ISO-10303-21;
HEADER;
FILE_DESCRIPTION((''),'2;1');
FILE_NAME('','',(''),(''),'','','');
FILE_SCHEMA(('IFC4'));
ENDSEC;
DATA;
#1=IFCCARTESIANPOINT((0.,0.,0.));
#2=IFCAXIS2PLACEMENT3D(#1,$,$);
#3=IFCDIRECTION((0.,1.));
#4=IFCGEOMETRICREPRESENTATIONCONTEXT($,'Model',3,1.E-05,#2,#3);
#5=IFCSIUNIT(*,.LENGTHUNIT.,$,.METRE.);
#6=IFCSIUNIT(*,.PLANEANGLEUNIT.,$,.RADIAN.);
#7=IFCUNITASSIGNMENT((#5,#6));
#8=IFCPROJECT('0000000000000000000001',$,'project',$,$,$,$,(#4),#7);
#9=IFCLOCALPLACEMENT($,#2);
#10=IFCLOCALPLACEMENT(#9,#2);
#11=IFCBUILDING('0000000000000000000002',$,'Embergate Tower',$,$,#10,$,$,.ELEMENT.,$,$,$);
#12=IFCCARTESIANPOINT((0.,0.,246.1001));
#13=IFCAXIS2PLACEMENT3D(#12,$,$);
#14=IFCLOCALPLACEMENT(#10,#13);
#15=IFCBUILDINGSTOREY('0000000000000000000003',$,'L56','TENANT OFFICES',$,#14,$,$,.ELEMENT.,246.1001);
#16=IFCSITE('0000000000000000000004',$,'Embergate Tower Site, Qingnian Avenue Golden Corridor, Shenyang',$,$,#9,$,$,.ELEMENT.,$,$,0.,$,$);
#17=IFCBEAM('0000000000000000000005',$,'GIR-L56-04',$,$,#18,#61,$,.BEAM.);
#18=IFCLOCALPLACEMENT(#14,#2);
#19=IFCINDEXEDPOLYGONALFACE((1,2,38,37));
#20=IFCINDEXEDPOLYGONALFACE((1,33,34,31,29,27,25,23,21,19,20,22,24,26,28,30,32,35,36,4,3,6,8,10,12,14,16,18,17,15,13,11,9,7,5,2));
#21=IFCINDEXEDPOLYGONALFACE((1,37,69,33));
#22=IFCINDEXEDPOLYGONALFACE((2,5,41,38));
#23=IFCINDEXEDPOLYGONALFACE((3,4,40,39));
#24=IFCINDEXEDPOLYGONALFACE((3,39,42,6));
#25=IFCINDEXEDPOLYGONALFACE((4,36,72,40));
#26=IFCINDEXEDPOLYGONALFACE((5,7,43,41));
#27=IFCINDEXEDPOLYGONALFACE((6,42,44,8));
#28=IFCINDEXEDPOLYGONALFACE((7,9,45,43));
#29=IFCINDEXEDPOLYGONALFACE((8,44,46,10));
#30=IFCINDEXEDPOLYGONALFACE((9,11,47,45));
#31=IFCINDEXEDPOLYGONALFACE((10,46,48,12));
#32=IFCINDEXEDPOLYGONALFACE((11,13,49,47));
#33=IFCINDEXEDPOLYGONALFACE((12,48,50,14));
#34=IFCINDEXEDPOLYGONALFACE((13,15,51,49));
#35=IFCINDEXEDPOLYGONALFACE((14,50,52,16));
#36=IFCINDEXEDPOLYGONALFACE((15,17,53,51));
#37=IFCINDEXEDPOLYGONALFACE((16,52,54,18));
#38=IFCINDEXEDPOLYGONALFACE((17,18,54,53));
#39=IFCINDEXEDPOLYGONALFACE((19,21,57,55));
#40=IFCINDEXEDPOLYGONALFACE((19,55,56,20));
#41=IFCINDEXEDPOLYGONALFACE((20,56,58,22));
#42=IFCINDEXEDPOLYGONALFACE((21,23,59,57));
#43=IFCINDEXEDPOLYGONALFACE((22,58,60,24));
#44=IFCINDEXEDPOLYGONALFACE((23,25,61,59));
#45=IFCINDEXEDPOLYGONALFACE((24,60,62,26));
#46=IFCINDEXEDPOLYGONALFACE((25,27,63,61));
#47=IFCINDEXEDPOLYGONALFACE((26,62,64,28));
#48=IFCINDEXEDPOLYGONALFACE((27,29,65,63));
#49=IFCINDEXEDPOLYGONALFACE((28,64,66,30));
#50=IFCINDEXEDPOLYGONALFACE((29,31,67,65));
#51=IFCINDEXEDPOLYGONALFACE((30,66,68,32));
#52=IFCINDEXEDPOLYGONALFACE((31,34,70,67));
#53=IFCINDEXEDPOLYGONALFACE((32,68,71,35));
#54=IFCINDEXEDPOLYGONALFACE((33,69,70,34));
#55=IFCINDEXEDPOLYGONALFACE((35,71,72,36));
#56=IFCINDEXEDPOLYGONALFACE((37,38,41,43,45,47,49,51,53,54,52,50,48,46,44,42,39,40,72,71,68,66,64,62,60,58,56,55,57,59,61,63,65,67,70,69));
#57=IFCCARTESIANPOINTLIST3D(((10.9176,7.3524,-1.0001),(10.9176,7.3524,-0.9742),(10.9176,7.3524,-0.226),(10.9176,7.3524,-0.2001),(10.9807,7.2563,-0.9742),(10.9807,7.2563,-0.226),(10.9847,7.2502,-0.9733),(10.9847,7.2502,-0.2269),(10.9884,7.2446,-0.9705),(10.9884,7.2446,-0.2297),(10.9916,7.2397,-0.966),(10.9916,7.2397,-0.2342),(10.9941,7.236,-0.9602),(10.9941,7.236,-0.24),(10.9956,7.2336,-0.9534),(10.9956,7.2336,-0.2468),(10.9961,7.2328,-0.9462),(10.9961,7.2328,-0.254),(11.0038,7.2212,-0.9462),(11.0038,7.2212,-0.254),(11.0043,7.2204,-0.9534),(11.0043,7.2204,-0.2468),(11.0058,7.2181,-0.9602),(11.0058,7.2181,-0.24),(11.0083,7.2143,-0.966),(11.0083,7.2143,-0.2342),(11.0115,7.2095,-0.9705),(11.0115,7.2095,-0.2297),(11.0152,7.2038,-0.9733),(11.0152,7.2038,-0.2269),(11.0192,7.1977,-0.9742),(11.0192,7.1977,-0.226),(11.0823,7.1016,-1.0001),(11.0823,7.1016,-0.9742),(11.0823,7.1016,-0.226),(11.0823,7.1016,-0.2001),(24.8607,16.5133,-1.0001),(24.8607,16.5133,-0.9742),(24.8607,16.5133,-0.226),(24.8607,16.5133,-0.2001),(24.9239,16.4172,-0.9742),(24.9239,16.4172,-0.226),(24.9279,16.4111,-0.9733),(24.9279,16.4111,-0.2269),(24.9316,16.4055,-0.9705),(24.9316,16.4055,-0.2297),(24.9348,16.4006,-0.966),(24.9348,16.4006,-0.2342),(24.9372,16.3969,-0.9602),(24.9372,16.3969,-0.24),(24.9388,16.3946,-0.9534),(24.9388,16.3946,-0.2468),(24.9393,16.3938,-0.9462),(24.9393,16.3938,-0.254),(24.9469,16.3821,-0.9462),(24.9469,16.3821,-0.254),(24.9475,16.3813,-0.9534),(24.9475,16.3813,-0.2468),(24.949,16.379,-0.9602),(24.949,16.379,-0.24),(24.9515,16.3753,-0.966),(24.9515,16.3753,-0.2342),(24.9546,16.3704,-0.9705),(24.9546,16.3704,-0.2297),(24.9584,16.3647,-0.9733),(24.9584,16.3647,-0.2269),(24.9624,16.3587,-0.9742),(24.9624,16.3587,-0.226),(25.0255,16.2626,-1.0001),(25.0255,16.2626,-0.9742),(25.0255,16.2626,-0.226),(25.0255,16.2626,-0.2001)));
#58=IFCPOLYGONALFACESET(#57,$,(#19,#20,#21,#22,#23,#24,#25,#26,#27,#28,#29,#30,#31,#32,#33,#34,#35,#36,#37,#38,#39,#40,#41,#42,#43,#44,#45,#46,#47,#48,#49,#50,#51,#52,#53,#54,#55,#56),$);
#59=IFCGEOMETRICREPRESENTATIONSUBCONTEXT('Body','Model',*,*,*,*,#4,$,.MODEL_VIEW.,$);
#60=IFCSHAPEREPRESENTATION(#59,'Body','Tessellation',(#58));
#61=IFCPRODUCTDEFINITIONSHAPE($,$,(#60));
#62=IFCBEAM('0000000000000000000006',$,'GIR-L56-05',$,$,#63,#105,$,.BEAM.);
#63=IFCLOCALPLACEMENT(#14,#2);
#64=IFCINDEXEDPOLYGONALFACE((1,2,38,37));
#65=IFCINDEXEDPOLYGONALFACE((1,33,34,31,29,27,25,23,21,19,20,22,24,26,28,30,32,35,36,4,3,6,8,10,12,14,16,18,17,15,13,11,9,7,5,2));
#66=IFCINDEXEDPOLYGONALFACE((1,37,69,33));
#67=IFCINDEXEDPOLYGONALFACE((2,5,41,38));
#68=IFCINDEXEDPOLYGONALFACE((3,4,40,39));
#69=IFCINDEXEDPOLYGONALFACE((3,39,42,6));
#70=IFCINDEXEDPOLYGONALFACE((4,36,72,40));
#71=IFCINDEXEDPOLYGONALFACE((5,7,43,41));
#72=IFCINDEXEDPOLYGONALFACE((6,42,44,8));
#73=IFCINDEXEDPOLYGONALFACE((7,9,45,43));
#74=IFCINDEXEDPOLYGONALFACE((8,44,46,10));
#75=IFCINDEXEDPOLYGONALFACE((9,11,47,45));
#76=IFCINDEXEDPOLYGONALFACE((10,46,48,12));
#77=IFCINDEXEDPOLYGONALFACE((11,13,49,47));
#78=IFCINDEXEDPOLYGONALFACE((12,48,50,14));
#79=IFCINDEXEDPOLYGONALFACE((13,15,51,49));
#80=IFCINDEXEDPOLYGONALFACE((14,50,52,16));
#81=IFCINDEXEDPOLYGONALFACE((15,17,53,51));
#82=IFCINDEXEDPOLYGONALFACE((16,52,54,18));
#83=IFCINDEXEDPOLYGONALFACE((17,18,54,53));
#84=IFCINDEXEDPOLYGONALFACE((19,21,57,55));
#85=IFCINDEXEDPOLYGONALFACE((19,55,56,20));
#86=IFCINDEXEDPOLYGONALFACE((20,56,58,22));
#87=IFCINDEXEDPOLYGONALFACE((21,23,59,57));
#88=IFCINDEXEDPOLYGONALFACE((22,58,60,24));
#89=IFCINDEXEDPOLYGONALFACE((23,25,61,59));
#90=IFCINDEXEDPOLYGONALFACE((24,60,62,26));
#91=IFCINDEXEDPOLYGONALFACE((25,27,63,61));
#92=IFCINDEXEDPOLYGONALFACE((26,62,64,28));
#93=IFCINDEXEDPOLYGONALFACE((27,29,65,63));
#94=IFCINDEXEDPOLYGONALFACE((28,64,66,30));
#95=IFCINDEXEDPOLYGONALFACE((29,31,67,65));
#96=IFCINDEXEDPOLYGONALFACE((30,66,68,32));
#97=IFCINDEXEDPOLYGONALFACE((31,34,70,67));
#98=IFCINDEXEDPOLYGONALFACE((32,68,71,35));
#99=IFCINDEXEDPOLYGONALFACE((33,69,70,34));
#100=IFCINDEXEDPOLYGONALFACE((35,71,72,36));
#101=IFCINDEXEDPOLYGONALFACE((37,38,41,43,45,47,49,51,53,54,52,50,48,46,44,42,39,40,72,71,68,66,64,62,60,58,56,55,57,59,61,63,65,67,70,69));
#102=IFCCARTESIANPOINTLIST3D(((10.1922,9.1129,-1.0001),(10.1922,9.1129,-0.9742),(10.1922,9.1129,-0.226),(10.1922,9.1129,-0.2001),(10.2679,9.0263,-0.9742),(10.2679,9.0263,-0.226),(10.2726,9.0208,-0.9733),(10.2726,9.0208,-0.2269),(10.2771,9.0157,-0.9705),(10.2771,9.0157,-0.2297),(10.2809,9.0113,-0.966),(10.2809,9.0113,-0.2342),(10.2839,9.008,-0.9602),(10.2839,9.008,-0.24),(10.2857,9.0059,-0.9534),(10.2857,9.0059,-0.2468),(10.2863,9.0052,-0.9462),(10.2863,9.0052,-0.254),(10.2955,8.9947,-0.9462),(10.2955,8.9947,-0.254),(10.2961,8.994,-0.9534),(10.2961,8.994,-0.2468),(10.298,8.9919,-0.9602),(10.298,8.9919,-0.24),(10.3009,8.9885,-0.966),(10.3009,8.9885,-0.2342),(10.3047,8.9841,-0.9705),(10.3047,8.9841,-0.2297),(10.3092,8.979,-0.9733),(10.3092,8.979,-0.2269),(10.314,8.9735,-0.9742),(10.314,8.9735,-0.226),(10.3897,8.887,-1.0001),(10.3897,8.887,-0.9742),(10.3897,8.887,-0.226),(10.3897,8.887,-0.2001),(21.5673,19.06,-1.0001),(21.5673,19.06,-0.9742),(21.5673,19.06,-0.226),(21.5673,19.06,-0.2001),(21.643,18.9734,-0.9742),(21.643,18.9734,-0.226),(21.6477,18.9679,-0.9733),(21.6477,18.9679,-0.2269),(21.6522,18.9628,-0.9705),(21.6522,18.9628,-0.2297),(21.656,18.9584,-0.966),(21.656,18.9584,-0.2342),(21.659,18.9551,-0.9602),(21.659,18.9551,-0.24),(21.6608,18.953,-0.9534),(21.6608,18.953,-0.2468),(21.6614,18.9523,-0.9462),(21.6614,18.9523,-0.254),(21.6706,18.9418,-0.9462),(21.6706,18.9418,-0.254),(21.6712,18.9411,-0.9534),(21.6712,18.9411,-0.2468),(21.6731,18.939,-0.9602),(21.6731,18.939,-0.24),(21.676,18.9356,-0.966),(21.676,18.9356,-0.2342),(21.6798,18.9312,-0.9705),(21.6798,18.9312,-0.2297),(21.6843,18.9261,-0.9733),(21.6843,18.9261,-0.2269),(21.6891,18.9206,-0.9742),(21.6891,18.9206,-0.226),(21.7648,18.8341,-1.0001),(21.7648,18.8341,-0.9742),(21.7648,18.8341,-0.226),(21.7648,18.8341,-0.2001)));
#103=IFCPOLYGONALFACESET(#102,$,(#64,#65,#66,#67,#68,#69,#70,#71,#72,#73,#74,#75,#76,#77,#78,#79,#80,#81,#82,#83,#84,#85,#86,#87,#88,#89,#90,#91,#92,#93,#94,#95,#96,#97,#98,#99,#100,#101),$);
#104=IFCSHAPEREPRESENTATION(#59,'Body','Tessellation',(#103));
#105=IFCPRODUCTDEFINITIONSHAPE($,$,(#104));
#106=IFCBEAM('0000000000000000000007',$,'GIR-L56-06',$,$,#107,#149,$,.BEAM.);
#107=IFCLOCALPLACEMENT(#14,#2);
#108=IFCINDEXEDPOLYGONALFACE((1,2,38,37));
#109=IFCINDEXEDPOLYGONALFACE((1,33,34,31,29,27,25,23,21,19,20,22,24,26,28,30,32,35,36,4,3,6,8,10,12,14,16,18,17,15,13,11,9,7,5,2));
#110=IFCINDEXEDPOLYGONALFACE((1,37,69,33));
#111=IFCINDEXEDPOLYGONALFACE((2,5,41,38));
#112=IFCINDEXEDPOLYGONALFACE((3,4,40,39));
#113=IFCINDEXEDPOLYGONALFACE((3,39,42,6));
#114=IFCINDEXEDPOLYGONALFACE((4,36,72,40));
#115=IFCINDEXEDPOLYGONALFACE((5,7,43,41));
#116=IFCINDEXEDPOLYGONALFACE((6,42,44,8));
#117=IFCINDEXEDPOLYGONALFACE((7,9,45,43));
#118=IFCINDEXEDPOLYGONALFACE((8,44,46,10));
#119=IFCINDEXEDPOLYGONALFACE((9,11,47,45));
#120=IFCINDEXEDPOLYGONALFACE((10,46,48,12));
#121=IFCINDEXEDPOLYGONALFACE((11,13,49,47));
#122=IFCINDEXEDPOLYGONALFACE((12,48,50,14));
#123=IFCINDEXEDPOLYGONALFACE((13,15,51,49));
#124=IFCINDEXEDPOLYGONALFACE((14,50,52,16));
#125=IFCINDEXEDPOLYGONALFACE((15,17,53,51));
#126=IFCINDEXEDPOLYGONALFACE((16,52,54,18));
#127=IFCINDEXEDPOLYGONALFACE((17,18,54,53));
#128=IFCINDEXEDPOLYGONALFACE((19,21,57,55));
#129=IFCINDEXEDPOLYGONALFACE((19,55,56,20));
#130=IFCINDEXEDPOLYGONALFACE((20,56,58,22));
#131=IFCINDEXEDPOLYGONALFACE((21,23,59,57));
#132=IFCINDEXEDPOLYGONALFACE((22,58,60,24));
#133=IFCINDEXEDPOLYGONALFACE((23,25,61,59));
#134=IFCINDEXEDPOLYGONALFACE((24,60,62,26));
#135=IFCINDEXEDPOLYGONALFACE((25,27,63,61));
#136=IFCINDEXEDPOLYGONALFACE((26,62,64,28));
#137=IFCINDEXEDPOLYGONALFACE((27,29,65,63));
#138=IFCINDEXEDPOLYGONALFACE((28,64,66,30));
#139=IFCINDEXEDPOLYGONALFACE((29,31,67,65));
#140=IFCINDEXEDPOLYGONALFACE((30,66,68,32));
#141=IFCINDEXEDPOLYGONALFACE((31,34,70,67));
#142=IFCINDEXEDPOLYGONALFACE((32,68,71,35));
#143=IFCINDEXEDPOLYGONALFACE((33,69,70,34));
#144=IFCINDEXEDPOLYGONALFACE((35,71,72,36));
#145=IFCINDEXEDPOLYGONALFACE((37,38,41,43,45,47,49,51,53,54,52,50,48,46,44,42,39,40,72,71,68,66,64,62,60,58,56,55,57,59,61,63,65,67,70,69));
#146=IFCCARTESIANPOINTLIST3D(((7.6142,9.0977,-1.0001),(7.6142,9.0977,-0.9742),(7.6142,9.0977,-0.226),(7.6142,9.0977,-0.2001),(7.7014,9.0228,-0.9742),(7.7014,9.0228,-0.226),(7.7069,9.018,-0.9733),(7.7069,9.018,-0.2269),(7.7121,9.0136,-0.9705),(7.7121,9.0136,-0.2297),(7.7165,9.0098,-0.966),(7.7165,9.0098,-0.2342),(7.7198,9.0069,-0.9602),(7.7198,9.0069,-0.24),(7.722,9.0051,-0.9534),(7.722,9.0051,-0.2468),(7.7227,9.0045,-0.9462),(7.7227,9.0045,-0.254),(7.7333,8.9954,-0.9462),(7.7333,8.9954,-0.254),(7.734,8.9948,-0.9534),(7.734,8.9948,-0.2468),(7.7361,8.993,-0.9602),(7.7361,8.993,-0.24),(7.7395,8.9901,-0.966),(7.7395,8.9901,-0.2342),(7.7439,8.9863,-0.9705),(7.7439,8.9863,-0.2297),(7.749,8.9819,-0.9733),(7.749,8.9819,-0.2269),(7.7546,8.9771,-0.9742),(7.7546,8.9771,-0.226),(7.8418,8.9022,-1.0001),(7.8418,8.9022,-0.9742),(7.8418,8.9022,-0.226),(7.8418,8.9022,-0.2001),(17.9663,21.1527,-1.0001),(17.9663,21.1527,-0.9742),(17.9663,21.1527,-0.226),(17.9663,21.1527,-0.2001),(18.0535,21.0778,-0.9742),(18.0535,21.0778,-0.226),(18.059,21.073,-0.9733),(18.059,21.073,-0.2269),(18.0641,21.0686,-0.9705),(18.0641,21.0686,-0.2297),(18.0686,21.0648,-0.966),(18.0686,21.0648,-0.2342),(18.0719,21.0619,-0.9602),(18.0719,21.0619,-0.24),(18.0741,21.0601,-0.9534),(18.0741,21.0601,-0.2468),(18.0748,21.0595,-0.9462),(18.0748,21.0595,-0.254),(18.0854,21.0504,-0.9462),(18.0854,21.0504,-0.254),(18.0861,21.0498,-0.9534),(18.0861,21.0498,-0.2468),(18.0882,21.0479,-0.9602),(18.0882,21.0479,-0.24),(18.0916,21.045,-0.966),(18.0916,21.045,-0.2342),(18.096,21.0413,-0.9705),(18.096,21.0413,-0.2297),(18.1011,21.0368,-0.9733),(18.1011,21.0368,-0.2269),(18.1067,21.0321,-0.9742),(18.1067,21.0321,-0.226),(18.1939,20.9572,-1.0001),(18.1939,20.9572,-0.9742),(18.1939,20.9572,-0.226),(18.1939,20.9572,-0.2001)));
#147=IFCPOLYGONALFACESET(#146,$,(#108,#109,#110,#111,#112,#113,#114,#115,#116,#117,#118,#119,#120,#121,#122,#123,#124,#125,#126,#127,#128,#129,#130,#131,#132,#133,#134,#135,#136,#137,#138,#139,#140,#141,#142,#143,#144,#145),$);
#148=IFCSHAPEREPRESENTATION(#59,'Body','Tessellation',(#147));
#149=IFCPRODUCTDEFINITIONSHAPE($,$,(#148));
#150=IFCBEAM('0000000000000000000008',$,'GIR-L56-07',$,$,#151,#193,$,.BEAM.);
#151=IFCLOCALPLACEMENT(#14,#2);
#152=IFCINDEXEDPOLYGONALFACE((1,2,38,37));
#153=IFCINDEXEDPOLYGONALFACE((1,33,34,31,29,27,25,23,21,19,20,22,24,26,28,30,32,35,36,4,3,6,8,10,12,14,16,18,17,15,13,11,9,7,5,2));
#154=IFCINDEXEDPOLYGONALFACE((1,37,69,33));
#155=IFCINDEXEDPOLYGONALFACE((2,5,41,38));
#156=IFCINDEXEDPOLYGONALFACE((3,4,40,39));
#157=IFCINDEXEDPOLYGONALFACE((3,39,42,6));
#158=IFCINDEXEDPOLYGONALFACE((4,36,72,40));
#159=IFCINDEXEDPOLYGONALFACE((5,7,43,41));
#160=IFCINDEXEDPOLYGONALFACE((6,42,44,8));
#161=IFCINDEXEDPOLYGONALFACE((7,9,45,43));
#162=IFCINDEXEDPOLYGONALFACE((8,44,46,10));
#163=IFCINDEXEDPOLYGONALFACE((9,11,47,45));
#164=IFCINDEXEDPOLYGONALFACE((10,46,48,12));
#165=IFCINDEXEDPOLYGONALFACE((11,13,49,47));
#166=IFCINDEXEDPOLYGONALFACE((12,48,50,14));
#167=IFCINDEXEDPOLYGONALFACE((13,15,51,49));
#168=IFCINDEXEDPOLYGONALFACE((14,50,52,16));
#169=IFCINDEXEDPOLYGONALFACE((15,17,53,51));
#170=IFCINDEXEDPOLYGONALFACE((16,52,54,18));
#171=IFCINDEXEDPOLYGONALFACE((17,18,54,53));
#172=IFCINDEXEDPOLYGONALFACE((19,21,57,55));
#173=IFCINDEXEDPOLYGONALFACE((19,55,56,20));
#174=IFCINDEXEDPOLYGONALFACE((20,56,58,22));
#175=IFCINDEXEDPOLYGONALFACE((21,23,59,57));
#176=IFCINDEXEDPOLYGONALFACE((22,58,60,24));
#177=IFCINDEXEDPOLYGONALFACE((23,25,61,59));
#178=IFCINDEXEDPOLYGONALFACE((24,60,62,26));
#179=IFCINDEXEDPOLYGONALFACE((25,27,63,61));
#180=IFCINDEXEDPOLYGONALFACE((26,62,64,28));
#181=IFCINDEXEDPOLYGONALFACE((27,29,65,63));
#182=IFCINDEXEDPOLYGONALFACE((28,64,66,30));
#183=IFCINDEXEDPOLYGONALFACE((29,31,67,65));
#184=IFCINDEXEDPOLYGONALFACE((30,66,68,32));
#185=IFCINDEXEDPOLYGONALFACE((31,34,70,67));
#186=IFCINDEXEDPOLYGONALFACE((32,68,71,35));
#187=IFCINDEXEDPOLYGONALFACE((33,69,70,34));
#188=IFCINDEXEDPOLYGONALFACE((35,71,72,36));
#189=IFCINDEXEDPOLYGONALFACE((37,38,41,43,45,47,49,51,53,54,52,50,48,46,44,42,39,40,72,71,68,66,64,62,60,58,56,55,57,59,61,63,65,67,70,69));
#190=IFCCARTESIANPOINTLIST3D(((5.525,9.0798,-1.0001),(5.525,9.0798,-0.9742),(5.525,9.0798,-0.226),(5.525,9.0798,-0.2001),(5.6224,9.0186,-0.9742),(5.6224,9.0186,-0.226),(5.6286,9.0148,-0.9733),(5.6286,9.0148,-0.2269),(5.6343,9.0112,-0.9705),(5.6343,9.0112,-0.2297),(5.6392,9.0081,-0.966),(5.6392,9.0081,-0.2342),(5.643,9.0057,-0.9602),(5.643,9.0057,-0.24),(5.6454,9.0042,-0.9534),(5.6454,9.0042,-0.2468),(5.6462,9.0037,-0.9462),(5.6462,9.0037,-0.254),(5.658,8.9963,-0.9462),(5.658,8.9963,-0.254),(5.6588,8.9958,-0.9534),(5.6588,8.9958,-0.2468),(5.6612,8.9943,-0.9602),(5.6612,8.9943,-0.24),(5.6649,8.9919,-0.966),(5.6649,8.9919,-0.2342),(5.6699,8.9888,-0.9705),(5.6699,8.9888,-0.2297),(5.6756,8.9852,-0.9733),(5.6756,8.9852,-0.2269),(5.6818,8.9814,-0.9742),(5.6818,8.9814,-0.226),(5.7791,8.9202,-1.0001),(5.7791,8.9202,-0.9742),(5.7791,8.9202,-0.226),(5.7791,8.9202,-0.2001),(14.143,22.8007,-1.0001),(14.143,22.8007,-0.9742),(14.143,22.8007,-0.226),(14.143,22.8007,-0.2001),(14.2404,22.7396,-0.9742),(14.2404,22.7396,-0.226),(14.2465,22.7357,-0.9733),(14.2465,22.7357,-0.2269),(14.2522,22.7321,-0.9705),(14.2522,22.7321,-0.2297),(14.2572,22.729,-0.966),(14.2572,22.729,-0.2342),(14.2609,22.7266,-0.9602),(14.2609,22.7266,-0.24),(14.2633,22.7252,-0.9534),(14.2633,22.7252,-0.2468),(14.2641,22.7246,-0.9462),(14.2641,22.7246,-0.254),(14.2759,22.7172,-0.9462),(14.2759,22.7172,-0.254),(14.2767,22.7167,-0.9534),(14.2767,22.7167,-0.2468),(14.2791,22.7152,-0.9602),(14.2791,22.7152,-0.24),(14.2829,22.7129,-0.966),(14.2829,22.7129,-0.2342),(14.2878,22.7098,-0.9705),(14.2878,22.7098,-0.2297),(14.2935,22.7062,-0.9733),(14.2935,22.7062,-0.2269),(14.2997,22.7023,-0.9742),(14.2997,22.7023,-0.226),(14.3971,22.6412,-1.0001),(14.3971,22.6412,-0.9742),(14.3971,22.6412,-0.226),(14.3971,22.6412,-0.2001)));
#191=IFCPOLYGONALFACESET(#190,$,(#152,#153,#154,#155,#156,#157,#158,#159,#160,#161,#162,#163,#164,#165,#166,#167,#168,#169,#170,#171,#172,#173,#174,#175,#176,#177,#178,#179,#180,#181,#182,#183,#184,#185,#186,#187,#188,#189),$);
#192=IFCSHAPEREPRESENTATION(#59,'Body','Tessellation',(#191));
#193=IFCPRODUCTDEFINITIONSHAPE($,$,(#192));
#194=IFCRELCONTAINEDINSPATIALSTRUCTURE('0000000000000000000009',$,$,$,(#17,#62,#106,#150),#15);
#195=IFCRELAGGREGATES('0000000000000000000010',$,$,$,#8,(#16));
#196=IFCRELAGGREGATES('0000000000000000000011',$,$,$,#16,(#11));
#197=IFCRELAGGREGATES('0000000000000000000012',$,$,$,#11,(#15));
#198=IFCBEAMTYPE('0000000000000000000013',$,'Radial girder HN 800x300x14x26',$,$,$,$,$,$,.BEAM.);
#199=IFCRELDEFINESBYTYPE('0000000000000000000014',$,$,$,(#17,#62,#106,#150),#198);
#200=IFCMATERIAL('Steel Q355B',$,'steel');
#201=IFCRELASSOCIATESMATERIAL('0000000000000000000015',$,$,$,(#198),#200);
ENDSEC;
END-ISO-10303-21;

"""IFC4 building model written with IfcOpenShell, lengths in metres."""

from ifc_helpers import new_model, si_unit, direction, frame, origin, origin_2d, place, context, subcontext, project, spatial, i_section, extrude, source, transform, mapped, material, material_profile, profile_set, type_object, element, save


model = new_model("IFC4")

# Units and contexts
model_context = context("Model", 3, precision=1e-05, world=origin(), true_north=direction((0.0, 1.0)))
body_context = subcontext(model_context, "Body", "Model", "MODEL_VIEW")
ifc_project = project(units=[si_unit("LENGTHUNIT", "METRE"), si_unit("PLANEANGLEUNIT", "RADIAN")], contexts=[model_context])

# Site, building, storey
site_placement = place(None, origin())
site = spatial("IfcSite", under=ifc_project, at=site_placement, Name="Embergate Tower Site, Qingnian Avenue Golden Corridor, Shenyang", CompositionType="ELEMENT", RefElevation=0.0)
building_placement = place(site_placement, origin())
building = spatial("IfcBuilding", under=site, at=building_placement, Name="Embergate Tower", CompositionType="ELEMENT")
storey_placement = place(building_placement, frame((0.0, 0.0, 246.1001)))
storey = spatial("IfcBuildingStorey", under=building, at=storey_placement, Name="L56", Description="TENANT OFFICES", CompositionType="ELEMENT", Elevation=246.1001)

# Beams
ifc_material_1 = material(Name="Steel Q355B", Category="steel")
ifc_material_profile_1 = material_profile(ifc_material_1, i_section(OverallWidth=0.3, OverallDepth=0.8, WebThickness=0.0139, FlangeThickness=0.0259, FilletRadius=0.0281, at=origin_2d()), Name="HN 800x300x14x26")
ifc_profile_set_1 = profile_set([ifc_material_profile_1], Name="Steel Q355 grade B")
beam_type_1 = type_object("IfcBeamType", Name="Radial girder HN 800x300x14x26", PredefinedType="BEAM", material=ifc_profile_set_1)
shared_shape_1 = source(origin(), body_context, "Body", "SweptSolid", [
    extrude(i_section(OverallWidth=0.3, OverallDepth=0.8, WebThickness=0.0139, FlangeThickness=0.0259, FilletRadius=0.0281, at=origin_2d()), origin(), (0.0, 0.0, 1.0), 16.6833),
])
beam_1_placement = place(storey_placement, frame((24.9431, 16.3879, -0.6001), z_axis=(-0.835753, -0.549105, 0.0), x_axis=(0.549105, -0.835753, 0.0)))
element("IfcBeam", 1, at=beam_1_placement, inside=storey, type_object=beam_type_1, Name="GIR-L56-04", PredefinedType="BEAM", context=body_context, shape_type="MappedRepresentation", body=[
    mapped(shared_shape_1, transform((0.0, 0.0, 0.0))),
])
shared_shape_2 = source(origin(), body_context, "Body", "SweptSolid", [
    extrude(i_section(OverallWidth=0.3, OverallDepth=0.8, WebThickness=0.0139, FlangeThickness=0.0259, FilletRadius=0.0281, at=origin_2d()), origin(), (0.0, 0.0, 1.0), 15.1108),
])
beam_2_placement = place(storey_placement, frame((21.666, 18.947, -0.6001), z_axis=(-0.752777, -0.658276, 0.0), x_axis=(0.658276, -0.752777, 0.0)))
element("IfcBeam", 2, at=beam_2_placement, inside=storey, type_object=beam_type_1, Name="GIR-L56-05", PredefinedType="BEAM", context=body_context, shape_type="MappedRepresentation", body=[
    mapped(shared_shape_2, transform((0.0, 0.0, 0.0))),
])
shared_shape_3 = source(origin(), body_context, "Body", "SweptSolid", [
    extrude(i_section(OverallWidth=0.3, OverallDepth=0.8, WebThickness=0.0139, FlangeThickness=0.0259, FilletRadius=0.0281, at=origin_2d()), origin(), (0.0, 0.0, 1.0), 15.8899),
])
beam_3_placement = place(storey_placement, frame((18.0801, 21.0549, -0.6001), z_axis=(-0.65149, -0.758658, 0.0), x_axis=(0.758658, -0.65149, 0.0)))
element("IfcBeam", 3, at=beam_3_placement, inside=storey, type_object=beam_type_1, Name="GIR-L56-06", PredefinedType="BEAM", context=body_context, shape_type="MappedRepresentation", body=[
    mapped(shared_shape_3, transform((0.0, 0.0, 0.0))),
])
shared_shape_4 = source(origin(), body_context, "Body", "SweptSolid", [
    extrude(i_section(OverallWidth=0.3, OverallDepth=0.8, WebThickness=0.0139, FlangeThickness=0.0259, FilletRadius=0.0281, at=origin_2d()), origin(), (0.0, 0.0, 1.0), 16.2029),
])
beam_4_placement = place(storey_placement, frame((14.27, 22.7209, -0.6001), z_axis=(-0.531876, -0.846822, 0.0), x_axis=(0.846822, -0.531876, 0.0)))
element("IfcBeam", 4, at=beam_4_placement, inside=storey, type_object=beam_type_1, Name="GIR-L56-07", PredefinedType="BEAM", context=body_context, shape_type="MappedRepresentation", body=[
    mapped(shared_shape_4, transform((0.0, 0.0, 0.0))),
])

save(model, "model.ifc")
